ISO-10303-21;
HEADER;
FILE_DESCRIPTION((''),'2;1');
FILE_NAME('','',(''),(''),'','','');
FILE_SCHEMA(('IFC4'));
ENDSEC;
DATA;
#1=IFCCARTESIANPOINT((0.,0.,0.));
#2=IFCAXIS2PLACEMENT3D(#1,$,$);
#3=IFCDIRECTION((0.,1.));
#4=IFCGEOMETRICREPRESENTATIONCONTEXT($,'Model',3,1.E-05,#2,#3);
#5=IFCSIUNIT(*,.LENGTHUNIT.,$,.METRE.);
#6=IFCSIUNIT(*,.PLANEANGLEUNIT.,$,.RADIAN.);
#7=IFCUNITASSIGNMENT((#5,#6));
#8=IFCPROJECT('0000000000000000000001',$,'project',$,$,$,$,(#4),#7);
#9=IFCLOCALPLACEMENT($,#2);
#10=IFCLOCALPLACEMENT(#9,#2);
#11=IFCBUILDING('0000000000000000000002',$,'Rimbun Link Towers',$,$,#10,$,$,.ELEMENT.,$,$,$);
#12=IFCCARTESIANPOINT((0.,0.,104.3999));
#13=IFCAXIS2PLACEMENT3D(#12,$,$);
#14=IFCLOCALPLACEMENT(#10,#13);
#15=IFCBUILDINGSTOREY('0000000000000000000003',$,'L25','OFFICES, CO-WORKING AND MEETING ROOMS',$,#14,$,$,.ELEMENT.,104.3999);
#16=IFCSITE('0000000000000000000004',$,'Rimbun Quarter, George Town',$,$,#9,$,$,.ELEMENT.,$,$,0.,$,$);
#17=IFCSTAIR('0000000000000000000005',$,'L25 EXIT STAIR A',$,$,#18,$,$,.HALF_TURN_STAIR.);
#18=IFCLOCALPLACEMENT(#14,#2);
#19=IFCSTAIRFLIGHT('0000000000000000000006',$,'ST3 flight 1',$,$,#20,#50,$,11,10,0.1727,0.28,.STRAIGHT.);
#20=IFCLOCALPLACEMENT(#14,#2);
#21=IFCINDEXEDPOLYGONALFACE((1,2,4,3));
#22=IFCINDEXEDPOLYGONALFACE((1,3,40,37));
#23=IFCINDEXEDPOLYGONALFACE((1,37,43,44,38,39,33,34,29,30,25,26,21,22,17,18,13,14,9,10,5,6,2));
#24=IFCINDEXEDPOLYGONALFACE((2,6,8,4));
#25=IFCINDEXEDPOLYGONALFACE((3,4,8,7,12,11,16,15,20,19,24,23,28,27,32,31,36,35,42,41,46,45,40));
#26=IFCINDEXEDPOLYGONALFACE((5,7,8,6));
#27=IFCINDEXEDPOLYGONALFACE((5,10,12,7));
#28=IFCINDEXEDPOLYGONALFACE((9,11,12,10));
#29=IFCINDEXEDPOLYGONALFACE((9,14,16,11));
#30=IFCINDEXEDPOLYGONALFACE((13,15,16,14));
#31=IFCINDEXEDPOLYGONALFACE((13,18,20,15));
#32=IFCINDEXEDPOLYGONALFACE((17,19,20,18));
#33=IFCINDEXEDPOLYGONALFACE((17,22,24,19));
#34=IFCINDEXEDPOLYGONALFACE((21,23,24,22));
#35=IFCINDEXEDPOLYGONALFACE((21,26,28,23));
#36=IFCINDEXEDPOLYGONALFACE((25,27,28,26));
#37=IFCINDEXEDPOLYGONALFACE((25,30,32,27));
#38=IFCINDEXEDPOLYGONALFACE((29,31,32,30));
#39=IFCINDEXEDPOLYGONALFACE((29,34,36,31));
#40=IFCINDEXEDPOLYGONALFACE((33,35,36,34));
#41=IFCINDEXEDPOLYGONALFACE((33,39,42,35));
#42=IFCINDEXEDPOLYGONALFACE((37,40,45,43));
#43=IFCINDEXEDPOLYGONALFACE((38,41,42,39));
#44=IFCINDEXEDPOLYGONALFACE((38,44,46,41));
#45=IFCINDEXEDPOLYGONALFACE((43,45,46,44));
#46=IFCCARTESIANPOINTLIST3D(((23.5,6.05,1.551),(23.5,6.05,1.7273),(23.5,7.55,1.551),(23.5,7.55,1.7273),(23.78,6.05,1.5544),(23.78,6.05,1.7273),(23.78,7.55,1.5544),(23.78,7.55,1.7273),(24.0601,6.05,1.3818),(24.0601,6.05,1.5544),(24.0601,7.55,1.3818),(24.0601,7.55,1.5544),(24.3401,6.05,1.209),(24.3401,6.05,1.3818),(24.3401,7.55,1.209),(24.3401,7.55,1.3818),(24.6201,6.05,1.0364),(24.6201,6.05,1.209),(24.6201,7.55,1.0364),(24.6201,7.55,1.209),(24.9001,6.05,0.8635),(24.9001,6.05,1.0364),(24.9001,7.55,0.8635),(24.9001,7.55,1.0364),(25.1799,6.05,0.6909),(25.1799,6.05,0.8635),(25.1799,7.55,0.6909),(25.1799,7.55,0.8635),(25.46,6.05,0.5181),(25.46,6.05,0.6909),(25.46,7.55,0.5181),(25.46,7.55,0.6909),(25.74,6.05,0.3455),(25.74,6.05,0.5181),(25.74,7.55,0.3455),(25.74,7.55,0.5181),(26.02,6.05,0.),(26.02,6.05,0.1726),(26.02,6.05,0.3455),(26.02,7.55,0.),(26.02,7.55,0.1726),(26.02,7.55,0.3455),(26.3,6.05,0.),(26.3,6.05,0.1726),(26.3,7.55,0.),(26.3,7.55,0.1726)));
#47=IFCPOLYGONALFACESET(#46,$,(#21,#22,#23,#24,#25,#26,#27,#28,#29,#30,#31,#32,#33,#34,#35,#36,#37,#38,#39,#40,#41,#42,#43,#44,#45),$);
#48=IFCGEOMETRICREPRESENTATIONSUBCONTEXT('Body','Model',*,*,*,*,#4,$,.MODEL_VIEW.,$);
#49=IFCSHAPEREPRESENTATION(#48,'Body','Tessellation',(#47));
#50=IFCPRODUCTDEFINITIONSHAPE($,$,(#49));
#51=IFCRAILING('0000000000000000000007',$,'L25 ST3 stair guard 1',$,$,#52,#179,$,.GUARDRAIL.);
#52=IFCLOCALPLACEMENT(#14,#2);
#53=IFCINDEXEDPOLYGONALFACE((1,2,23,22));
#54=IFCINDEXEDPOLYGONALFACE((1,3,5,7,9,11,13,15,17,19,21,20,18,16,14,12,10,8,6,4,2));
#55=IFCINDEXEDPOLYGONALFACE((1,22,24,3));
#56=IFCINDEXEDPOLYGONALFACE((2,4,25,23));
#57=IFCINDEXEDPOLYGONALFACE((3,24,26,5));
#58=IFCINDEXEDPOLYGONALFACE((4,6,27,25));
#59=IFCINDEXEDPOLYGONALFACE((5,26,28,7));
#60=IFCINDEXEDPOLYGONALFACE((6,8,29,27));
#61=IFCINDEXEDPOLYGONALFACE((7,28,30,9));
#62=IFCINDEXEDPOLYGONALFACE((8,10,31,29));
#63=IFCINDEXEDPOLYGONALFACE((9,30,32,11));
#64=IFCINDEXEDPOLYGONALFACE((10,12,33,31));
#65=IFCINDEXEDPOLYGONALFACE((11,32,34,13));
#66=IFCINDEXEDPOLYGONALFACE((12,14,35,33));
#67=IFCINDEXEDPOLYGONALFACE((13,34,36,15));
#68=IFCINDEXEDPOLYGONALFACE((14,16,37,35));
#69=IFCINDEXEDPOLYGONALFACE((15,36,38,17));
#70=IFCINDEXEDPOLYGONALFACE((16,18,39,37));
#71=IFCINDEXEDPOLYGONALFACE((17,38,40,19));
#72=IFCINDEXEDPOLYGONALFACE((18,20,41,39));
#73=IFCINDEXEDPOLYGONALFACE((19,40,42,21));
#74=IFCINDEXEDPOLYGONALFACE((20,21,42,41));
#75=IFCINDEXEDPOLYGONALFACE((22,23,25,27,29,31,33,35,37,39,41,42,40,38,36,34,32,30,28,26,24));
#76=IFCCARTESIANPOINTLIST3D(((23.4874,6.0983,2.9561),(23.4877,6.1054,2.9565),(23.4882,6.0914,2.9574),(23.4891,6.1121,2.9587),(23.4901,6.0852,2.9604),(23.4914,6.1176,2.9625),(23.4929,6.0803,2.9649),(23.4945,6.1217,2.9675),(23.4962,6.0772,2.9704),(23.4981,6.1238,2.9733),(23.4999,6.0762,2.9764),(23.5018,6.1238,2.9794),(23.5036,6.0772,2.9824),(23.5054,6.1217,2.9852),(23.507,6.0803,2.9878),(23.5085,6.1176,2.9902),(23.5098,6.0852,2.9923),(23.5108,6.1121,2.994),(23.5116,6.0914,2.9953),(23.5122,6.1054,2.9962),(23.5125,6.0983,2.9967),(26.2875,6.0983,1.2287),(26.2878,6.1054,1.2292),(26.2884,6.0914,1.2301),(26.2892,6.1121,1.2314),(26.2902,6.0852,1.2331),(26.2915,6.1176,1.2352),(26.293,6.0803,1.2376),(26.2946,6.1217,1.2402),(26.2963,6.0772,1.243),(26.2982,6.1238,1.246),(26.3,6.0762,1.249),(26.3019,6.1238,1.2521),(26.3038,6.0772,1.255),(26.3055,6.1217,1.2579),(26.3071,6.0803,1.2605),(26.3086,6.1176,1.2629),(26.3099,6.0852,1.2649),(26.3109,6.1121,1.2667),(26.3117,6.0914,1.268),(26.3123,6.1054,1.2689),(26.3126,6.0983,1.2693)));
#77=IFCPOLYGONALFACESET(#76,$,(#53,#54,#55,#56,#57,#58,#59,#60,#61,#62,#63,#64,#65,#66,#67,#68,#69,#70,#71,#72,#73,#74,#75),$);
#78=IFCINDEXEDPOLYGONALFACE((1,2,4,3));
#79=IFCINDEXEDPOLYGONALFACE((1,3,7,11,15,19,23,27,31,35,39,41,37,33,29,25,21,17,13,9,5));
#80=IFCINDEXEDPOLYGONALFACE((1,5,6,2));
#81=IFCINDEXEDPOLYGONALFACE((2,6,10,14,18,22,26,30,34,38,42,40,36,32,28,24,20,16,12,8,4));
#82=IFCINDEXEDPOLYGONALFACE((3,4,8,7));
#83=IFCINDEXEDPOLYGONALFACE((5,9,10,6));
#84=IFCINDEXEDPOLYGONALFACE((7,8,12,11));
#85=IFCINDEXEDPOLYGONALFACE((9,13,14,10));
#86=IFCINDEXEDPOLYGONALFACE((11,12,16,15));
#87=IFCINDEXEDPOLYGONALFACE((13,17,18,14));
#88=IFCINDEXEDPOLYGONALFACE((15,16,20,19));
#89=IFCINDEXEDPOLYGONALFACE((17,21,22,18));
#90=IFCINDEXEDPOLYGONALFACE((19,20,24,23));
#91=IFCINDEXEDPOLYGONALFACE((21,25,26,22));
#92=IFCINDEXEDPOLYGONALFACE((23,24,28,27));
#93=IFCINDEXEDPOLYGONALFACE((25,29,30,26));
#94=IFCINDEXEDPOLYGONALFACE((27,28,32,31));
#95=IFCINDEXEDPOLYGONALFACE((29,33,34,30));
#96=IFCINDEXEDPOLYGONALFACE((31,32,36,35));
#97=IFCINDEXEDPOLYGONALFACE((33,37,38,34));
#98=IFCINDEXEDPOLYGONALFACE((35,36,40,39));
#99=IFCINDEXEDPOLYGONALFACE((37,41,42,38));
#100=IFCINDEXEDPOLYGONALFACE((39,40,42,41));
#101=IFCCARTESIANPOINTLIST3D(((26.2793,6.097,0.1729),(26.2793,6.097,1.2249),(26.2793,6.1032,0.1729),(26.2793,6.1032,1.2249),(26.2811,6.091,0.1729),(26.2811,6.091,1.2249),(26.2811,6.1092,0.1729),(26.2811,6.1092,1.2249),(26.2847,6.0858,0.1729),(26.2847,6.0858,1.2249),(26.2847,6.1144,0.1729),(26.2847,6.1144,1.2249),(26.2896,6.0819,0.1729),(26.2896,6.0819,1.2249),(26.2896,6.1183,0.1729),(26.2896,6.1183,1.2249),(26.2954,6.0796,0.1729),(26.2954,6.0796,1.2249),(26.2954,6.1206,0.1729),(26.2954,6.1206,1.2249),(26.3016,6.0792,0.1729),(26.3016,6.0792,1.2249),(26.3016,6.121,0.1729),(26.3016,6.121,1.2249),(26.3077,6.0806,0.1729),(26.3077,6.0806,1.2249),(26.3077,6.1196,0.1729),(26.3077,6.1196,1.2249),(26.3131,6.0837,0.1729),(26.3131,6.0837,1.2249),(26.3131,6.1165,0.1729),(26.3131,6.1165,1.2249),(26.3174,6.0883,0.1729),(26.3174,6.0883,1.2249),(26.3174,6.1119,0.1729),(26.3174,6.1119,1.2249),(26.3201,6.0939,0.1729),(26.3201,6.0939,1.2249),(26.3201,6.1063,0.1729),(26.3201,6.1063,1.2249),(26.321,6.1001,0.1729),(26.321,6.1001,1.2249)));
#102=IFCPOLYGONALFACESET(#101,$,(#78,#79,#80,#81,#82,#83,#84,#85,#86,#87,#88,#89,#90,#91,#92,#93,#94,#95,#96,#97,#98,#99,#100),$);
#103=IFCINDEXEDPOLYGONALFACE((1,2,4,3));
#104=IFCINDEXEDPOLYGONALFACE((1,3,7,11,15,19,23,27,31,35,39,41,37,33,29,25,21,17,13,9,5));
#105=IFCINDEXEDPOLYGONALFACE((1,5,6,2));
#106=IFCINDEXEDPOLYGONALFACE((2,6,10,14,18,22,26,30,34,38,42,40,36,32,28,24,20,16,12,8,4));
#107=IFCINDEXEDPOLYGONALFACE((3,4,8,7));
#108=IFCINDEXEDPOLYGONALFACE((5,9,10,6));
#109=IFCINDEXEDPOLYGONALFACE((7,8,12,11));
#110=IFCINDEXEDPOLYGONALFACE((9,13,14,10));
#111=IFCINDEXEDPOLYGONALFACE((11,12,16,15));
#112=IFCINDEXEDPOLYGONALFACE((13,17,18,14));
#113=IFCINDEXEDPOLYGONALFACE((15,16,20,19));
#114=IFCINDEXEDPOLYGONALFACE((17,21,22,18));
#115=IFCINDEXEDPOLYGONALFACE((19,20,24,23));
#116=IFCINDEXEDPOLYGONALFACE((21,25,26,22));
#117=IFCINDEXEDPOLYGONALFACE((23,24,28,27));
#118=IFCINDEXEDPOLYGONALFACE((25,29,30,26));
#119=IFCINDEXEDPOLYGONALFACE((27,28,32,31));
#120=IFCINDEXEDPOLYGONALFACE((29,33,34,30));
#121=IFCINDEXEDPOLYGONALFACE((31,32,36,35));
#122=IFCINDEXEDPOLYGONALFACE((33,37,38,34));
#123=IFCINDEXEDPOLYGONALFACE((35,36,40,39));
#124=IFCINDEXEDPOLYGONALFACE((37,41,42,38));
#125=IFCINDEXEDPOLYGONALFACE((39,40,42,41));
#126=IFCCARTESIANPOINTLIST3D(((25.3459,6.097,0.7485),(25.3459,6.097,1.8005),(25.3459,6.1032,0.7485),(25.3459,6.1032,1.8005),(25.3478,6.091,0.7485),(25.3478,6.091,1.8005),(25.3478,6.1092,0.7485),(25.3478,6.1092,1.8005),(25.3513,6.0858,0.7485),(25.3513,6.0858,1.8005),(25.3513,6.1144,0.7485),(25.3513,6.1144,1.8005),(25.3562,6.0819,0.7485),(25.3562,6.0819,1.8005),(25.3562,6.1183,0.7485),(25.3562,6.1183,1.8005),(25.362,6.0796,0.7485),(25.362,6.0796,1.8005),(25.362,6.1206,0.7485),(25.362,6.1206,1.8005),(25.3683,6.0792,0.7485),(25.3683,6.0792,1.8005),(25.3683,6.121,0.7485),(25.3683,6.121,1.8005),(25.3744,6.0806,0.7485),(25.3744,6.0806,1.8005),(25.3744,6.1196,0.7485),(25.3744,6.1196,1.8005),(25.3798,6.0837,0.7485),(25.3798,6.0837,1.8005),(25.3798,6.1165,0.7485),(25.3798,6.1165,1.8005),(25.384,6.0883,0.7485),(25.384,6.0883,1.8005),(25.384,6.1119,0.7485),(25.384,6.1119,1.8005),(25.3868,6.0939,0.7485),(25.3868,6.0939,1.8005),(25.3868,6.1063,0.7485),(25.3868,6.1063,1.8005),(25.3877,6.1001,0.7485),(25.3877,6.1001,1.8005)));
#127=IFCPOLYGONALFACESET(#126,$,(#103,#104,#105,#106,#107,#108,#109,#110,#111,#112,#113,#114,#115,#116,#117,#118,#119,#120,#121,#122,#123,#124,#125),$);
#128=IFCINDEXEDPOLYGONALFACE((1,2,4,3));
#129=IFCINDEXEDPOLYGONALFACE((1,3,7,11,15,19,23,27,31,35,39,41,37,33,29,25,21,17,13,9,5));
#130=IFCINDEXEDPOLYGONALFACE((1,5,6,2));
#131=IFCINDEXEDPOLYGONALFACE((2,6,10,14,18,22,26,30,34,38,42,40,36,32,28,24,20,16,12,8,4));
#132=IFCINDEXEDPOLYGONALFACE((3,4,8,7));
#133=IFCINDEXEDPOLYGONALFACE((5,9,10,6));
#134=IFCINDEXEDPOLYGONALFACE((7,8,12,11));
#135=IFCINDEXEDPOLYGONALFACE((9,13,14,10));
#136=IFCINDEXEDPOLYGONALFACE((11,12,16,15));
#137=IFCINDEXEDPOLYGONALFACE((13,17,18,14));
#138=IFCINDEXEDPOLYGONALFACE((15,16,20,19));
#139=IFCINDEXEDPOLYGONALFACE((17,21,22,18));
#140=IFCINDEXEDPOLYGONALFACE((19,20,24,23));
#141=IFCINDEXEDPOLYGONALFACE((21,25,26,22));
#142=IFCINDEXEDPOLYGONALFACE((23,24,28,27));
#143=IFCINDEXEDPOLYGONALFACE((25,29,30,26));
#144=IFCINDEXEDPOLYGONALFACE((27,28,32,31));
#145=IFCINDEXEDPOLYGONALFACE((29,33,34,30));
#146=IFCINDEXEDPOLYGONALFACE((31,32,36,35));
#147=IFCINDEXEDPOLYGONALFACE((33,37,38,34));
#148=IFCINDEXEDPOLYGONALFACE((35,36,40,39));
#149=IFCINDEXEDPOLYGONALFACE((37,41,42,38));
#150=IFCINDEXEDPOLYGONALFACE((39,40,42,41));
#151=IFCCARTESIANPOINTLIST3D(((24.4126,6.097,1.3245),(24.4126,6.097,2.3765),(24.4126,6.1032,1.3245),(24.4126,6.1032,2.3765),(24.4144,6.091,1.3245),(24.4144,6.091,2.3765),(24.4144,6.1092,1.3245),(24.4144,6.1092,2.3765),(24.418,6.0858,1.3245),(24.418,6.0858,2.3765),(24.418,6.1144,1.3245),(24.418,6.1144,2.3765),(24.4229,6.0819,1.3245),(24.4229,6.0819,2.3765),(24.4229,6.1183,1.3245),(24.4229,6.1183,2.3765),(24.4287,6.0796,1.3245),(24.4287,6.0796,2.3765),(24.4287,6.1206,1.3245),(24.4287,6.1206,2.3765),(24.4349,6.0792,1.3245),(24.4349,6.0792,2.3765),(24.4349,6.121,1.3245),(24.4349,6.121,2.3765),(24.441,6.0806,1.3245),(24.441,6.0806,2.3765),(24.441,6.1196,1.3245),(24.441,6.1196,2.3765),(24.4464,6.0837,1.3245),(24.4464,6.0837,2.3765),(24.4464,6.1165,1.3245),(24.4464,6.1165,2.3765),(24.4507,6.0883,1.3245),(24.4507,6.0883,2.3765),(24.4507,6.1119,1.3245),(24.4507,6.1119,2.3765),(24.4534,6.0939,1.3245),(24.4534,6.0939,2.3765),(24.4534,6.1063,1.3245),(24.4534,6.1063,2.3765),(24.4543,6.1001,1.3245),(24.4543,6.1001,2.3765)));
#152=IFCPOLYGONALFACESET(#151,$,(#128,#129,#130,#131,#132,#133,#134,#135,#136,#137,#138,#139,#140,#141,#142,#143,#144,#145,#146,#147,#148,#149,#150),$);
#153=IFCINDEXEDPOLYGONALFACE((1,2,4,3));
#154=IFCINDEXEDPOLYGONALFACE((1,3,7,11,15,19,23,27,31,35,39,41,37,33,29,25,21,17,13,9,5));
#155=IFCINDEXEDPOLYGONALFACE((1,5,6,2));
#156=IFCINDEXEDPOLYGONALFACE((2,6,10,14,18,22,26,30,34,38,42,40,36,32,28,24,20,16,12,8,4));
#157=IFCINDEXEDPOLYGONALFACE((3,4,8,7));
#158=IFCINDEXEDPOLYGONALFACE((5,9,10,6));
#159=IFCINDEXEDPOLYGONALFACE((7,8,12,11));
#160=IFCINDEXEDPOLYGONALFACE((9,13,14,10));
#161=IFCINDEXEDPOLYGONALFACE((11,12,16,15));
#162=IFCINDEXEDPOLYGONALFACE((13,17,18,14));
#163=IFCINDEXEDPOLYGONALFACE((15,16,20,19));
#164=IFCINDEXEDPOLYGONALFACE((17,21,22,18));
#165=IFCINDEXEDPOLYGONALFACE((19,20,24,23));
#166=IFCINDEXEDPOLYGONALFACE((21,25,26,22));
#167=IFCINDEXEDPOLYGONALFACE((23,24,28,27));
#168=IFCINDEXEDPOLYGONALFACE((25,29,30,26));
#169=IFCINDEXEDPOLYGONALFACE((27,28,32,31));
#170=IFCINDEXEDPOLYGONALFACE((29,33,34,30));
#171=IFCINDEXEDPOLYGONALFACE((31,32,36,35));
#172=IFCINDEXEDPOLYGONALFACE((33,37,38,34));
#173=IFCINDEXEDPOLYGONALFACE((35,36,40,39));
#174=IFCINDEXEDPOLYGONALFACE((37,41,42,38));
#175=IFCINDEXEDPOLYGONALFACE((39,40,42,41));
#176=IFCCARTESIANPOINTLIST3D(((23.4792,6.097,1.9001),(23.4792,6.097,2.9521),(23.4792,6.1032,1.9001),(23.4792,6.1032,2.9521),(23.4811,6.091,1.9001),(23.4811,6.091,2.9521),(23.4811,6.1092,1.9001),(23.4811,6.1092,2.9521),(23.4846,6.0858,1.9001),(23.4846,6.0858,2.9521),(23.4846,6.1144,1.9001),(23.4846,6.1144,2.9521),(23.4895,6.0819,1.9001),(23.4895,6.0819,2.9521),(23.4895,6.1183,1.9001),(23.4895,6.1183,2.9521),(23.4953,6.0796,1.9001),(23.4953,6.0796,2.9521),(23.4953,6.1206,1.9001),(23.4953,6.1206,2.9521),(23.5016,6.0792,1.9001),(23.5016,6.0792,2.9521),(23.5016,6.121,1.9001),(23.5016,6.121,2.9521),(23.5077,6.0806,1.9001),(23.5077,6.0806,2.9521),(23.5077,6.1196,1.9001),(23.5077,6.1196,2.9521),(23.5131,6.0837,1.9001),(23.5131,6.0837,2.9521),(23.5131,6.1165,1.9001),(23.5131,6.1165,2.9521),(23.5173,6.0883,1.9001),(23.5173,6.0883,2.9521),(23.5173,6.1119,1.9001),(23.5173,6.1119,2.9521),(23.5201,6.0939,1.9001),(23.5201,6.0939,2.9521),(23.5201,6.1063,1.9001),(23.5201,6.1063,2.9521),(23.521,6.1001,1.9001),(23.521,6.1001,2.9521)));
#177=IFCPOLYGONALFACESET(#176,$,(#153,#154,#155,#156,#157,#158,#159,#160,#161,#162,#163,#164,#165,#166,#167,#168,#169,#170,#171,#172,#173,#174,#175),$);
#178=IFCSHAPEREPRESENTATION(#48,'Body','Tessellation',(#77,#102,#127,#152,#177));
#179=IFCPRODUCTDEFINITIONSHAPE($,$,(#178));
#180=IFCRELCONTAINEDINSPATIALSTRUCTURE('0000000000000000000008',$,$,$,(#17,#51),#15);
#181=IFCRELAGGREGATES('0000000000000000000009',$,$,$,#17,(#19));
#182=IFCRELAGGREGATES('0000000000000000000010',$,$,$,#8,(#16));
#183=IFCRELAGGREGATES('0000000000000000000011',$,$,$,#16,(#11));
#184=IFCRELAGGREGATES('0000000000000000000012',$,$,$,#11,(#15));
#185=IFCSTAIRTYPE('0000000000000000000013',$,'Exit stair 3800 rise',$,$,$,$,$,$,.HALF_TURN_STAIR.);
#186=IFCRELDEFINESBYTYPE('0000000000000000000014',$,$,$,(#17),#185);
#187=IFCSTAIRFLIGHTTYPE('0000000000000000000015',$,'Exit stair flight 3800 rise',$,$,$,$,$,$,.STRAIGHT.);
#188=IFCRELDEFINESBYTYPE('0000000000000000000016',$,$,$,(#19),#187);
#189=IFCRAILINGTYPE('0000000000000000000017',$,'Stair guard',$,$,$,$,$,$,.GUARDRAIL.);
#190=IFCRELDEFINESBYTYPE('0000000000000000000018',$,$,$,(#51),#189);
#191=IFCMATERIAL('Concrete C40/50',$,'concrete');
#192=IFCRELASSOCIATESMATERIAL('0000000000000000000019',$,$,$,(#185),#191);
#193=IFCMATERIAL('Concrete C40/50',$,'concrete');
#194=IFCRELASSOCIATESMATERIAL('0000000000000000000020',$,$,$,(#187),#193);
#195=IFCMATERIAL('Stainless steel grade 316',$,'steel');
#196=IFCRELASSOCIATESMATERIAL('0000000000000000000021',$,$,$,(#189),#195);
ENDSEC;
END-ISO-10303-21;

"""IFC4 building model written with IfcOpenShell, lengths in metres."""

from ifc_helpers import new_model, si_unit, direction, frame, origin, origin_2d, place, context, subcontext, project, spatial, polyline, circle, outline, extrude, material, type_object, element, aggregate, save


model = new_model("IFC4")

# Units and contexts
model_context = context("Model", 3, precision=1e-05, world=origin(), true_north=direction((0.0, 1.0)))
body_context = subcontext(model_context, "Body", "Model", "MODEL_VIEW")
ifc_project = project(units=[si_unit("LENGTHUNIT", "METRE"), si_unit("PLANEANGLEUNIT", "RADIAN")], contexts=[model_context])

# Site, building, storey
site_placement = place(None, origin())
site = spatial("IfcSite", under=ifc_project, at=site_placement, Name="Rimbun Quarter, George Town", CompositionType="ELEMENT", RefElevation=0.0)
building_placement = place(site_placement, origin())
building = spatial("IfcBuilding", under=site, at=building_placement, Name="Rimbun Link Towers", CompositionType="ELEMENT")
storey_placement = place(building_placement, frame((0.0, 0.0, 104.3999)))
storey = spatial("IfcBuildingStorey", under=building, at=storey_placement, Name="L25", Description="OFFICES, CO-WORKING AND MEETING ROOMS", CompositionType="ELEMENT", Elevation=104.3999)

# Stair, stair flight
ifc_material_1 = material(Name="Concrete C40/50", Category="concrete")
stair_type = type_object("IfcStairType", Name="Exit stair 3800 rise", PredefinedType="HALF_TURN_STAIR", material=ifc_material_1)
stair_placement = place(storey_placement, origin())
stair = element("IfcStair", 1, at=stair_placement, inside=storey, type_object=stair_type, Name="L25 EXIT STAIR A", PredefinedType="HALF_TURN_STAIR")
ifc_material_2 = material(Name="Concrete C40/50", Category="concrete")
stair_flight_type = type_object("IfcStairFlightType", Name="Exit stair flight 3800 rise", PredefinedType="STRAIGHT", material=ifc_material_2)
stair_flight_placement = place(storey_placement, frame((26.3, 6.8, 0.0), z_axis=(0.0, 0.0, 1.0), x_axis=(-1.0, 0.0, 0.0)))
stair_flight = element("IfcStairFlight", 2, at=stair_flight_placement, type_object=stair_flight_type, Name="ST3 flight 1", NumberOfRisers=11, NumberOfTreads=10, PredefinedType="STRAIGHT", RiserHeight=0.1727, TreadLength=0.28, context=body_context, shape_type="SweptSolid", body=[
    extrude(outline(polyline([(0.0, 0.0), (0.0, 0.1726), (0.28, 0.1726), (0.28, 0.3455), (0.5601, 0.3455), (0.5601, 0.5181), (0.8401, 0.5181), (0.8401, 0.6909), (1.1201, 0.6909), (1.1201, 0.8635), (1.3999, 0.8635), (1.3999, 1.0364), (1.6799, 1.0364), (1.6799, 1.209), (1.96, 1.209), (1.96, 1.3818), (2.24, 1.3818), (2.24, 1.5544), (2.52, 1.5544), (2.52, 1.7273), (2.8, 1.7273), (2.8, 1.8999), (2.8, 1.551), (0.28, 0.0), (0.0, 0.0)])), frame((0.0, 0.75, 0.0), z_axis=(0.0, -1.0, 0.0), x_axis=(1.0, 0.0, 0.0)), (0.0, 0.0, 1.0), 1.5),
])
aggregate(stair, [stair_flight])

# Railing
ifc_material_3 = material(Name="Stainless steel grade 316", Category="steel")
railing_type_1 = type_object("IfcRailingType", Name="Stair guard", PredefinedType="GUARDRAIL", material=ifc_material_3)
railing_1_placement = place(storey_placement, frame((26.3, 6.1001, 0.1729)))
element("IfcRailing", 3, at=railing_1_placement, inside=storey, type_object=railing_type_1, Name="L25 ST3 stair guard 1", PredefinedType="GUARDRAIL", context=body_context, shape_type="SweptSolid", body=[
    extrude(circle(Radius=0.0239, at=origin_2d()), frame((0.0, 0.0, 1.0762), z_axis=(-0.85109, 0.0, 0.52502), x_axis=(0.0, -1.0, 0.0)), (0.0, 0.0, 1.0), 3.29),
    extrude(circle(Radius=0.021, at=origin_2d()), origin(), (0.0, 0.0, 1.0), 1.052),
    extrude(circle(Radius=0.021, at=origin_2d()), frame((-0.9333, 0.0, 0.5757)), (0.0, 0.0, 1.0), 1.052),
    extrude(circle(Radius=0.021, at=origin_2d()), frame((-1.8667, 0.0, 1.1516)), (0.0, 0.0, 1.0), 1.052),
    extrude(circle(Radius=0.021, at=origin_2d()), frame((-2.8, 0.0, 1.7273)), (0.0, 0.0, 1.0), 1.052),
])

save(model, "model.ifc")
